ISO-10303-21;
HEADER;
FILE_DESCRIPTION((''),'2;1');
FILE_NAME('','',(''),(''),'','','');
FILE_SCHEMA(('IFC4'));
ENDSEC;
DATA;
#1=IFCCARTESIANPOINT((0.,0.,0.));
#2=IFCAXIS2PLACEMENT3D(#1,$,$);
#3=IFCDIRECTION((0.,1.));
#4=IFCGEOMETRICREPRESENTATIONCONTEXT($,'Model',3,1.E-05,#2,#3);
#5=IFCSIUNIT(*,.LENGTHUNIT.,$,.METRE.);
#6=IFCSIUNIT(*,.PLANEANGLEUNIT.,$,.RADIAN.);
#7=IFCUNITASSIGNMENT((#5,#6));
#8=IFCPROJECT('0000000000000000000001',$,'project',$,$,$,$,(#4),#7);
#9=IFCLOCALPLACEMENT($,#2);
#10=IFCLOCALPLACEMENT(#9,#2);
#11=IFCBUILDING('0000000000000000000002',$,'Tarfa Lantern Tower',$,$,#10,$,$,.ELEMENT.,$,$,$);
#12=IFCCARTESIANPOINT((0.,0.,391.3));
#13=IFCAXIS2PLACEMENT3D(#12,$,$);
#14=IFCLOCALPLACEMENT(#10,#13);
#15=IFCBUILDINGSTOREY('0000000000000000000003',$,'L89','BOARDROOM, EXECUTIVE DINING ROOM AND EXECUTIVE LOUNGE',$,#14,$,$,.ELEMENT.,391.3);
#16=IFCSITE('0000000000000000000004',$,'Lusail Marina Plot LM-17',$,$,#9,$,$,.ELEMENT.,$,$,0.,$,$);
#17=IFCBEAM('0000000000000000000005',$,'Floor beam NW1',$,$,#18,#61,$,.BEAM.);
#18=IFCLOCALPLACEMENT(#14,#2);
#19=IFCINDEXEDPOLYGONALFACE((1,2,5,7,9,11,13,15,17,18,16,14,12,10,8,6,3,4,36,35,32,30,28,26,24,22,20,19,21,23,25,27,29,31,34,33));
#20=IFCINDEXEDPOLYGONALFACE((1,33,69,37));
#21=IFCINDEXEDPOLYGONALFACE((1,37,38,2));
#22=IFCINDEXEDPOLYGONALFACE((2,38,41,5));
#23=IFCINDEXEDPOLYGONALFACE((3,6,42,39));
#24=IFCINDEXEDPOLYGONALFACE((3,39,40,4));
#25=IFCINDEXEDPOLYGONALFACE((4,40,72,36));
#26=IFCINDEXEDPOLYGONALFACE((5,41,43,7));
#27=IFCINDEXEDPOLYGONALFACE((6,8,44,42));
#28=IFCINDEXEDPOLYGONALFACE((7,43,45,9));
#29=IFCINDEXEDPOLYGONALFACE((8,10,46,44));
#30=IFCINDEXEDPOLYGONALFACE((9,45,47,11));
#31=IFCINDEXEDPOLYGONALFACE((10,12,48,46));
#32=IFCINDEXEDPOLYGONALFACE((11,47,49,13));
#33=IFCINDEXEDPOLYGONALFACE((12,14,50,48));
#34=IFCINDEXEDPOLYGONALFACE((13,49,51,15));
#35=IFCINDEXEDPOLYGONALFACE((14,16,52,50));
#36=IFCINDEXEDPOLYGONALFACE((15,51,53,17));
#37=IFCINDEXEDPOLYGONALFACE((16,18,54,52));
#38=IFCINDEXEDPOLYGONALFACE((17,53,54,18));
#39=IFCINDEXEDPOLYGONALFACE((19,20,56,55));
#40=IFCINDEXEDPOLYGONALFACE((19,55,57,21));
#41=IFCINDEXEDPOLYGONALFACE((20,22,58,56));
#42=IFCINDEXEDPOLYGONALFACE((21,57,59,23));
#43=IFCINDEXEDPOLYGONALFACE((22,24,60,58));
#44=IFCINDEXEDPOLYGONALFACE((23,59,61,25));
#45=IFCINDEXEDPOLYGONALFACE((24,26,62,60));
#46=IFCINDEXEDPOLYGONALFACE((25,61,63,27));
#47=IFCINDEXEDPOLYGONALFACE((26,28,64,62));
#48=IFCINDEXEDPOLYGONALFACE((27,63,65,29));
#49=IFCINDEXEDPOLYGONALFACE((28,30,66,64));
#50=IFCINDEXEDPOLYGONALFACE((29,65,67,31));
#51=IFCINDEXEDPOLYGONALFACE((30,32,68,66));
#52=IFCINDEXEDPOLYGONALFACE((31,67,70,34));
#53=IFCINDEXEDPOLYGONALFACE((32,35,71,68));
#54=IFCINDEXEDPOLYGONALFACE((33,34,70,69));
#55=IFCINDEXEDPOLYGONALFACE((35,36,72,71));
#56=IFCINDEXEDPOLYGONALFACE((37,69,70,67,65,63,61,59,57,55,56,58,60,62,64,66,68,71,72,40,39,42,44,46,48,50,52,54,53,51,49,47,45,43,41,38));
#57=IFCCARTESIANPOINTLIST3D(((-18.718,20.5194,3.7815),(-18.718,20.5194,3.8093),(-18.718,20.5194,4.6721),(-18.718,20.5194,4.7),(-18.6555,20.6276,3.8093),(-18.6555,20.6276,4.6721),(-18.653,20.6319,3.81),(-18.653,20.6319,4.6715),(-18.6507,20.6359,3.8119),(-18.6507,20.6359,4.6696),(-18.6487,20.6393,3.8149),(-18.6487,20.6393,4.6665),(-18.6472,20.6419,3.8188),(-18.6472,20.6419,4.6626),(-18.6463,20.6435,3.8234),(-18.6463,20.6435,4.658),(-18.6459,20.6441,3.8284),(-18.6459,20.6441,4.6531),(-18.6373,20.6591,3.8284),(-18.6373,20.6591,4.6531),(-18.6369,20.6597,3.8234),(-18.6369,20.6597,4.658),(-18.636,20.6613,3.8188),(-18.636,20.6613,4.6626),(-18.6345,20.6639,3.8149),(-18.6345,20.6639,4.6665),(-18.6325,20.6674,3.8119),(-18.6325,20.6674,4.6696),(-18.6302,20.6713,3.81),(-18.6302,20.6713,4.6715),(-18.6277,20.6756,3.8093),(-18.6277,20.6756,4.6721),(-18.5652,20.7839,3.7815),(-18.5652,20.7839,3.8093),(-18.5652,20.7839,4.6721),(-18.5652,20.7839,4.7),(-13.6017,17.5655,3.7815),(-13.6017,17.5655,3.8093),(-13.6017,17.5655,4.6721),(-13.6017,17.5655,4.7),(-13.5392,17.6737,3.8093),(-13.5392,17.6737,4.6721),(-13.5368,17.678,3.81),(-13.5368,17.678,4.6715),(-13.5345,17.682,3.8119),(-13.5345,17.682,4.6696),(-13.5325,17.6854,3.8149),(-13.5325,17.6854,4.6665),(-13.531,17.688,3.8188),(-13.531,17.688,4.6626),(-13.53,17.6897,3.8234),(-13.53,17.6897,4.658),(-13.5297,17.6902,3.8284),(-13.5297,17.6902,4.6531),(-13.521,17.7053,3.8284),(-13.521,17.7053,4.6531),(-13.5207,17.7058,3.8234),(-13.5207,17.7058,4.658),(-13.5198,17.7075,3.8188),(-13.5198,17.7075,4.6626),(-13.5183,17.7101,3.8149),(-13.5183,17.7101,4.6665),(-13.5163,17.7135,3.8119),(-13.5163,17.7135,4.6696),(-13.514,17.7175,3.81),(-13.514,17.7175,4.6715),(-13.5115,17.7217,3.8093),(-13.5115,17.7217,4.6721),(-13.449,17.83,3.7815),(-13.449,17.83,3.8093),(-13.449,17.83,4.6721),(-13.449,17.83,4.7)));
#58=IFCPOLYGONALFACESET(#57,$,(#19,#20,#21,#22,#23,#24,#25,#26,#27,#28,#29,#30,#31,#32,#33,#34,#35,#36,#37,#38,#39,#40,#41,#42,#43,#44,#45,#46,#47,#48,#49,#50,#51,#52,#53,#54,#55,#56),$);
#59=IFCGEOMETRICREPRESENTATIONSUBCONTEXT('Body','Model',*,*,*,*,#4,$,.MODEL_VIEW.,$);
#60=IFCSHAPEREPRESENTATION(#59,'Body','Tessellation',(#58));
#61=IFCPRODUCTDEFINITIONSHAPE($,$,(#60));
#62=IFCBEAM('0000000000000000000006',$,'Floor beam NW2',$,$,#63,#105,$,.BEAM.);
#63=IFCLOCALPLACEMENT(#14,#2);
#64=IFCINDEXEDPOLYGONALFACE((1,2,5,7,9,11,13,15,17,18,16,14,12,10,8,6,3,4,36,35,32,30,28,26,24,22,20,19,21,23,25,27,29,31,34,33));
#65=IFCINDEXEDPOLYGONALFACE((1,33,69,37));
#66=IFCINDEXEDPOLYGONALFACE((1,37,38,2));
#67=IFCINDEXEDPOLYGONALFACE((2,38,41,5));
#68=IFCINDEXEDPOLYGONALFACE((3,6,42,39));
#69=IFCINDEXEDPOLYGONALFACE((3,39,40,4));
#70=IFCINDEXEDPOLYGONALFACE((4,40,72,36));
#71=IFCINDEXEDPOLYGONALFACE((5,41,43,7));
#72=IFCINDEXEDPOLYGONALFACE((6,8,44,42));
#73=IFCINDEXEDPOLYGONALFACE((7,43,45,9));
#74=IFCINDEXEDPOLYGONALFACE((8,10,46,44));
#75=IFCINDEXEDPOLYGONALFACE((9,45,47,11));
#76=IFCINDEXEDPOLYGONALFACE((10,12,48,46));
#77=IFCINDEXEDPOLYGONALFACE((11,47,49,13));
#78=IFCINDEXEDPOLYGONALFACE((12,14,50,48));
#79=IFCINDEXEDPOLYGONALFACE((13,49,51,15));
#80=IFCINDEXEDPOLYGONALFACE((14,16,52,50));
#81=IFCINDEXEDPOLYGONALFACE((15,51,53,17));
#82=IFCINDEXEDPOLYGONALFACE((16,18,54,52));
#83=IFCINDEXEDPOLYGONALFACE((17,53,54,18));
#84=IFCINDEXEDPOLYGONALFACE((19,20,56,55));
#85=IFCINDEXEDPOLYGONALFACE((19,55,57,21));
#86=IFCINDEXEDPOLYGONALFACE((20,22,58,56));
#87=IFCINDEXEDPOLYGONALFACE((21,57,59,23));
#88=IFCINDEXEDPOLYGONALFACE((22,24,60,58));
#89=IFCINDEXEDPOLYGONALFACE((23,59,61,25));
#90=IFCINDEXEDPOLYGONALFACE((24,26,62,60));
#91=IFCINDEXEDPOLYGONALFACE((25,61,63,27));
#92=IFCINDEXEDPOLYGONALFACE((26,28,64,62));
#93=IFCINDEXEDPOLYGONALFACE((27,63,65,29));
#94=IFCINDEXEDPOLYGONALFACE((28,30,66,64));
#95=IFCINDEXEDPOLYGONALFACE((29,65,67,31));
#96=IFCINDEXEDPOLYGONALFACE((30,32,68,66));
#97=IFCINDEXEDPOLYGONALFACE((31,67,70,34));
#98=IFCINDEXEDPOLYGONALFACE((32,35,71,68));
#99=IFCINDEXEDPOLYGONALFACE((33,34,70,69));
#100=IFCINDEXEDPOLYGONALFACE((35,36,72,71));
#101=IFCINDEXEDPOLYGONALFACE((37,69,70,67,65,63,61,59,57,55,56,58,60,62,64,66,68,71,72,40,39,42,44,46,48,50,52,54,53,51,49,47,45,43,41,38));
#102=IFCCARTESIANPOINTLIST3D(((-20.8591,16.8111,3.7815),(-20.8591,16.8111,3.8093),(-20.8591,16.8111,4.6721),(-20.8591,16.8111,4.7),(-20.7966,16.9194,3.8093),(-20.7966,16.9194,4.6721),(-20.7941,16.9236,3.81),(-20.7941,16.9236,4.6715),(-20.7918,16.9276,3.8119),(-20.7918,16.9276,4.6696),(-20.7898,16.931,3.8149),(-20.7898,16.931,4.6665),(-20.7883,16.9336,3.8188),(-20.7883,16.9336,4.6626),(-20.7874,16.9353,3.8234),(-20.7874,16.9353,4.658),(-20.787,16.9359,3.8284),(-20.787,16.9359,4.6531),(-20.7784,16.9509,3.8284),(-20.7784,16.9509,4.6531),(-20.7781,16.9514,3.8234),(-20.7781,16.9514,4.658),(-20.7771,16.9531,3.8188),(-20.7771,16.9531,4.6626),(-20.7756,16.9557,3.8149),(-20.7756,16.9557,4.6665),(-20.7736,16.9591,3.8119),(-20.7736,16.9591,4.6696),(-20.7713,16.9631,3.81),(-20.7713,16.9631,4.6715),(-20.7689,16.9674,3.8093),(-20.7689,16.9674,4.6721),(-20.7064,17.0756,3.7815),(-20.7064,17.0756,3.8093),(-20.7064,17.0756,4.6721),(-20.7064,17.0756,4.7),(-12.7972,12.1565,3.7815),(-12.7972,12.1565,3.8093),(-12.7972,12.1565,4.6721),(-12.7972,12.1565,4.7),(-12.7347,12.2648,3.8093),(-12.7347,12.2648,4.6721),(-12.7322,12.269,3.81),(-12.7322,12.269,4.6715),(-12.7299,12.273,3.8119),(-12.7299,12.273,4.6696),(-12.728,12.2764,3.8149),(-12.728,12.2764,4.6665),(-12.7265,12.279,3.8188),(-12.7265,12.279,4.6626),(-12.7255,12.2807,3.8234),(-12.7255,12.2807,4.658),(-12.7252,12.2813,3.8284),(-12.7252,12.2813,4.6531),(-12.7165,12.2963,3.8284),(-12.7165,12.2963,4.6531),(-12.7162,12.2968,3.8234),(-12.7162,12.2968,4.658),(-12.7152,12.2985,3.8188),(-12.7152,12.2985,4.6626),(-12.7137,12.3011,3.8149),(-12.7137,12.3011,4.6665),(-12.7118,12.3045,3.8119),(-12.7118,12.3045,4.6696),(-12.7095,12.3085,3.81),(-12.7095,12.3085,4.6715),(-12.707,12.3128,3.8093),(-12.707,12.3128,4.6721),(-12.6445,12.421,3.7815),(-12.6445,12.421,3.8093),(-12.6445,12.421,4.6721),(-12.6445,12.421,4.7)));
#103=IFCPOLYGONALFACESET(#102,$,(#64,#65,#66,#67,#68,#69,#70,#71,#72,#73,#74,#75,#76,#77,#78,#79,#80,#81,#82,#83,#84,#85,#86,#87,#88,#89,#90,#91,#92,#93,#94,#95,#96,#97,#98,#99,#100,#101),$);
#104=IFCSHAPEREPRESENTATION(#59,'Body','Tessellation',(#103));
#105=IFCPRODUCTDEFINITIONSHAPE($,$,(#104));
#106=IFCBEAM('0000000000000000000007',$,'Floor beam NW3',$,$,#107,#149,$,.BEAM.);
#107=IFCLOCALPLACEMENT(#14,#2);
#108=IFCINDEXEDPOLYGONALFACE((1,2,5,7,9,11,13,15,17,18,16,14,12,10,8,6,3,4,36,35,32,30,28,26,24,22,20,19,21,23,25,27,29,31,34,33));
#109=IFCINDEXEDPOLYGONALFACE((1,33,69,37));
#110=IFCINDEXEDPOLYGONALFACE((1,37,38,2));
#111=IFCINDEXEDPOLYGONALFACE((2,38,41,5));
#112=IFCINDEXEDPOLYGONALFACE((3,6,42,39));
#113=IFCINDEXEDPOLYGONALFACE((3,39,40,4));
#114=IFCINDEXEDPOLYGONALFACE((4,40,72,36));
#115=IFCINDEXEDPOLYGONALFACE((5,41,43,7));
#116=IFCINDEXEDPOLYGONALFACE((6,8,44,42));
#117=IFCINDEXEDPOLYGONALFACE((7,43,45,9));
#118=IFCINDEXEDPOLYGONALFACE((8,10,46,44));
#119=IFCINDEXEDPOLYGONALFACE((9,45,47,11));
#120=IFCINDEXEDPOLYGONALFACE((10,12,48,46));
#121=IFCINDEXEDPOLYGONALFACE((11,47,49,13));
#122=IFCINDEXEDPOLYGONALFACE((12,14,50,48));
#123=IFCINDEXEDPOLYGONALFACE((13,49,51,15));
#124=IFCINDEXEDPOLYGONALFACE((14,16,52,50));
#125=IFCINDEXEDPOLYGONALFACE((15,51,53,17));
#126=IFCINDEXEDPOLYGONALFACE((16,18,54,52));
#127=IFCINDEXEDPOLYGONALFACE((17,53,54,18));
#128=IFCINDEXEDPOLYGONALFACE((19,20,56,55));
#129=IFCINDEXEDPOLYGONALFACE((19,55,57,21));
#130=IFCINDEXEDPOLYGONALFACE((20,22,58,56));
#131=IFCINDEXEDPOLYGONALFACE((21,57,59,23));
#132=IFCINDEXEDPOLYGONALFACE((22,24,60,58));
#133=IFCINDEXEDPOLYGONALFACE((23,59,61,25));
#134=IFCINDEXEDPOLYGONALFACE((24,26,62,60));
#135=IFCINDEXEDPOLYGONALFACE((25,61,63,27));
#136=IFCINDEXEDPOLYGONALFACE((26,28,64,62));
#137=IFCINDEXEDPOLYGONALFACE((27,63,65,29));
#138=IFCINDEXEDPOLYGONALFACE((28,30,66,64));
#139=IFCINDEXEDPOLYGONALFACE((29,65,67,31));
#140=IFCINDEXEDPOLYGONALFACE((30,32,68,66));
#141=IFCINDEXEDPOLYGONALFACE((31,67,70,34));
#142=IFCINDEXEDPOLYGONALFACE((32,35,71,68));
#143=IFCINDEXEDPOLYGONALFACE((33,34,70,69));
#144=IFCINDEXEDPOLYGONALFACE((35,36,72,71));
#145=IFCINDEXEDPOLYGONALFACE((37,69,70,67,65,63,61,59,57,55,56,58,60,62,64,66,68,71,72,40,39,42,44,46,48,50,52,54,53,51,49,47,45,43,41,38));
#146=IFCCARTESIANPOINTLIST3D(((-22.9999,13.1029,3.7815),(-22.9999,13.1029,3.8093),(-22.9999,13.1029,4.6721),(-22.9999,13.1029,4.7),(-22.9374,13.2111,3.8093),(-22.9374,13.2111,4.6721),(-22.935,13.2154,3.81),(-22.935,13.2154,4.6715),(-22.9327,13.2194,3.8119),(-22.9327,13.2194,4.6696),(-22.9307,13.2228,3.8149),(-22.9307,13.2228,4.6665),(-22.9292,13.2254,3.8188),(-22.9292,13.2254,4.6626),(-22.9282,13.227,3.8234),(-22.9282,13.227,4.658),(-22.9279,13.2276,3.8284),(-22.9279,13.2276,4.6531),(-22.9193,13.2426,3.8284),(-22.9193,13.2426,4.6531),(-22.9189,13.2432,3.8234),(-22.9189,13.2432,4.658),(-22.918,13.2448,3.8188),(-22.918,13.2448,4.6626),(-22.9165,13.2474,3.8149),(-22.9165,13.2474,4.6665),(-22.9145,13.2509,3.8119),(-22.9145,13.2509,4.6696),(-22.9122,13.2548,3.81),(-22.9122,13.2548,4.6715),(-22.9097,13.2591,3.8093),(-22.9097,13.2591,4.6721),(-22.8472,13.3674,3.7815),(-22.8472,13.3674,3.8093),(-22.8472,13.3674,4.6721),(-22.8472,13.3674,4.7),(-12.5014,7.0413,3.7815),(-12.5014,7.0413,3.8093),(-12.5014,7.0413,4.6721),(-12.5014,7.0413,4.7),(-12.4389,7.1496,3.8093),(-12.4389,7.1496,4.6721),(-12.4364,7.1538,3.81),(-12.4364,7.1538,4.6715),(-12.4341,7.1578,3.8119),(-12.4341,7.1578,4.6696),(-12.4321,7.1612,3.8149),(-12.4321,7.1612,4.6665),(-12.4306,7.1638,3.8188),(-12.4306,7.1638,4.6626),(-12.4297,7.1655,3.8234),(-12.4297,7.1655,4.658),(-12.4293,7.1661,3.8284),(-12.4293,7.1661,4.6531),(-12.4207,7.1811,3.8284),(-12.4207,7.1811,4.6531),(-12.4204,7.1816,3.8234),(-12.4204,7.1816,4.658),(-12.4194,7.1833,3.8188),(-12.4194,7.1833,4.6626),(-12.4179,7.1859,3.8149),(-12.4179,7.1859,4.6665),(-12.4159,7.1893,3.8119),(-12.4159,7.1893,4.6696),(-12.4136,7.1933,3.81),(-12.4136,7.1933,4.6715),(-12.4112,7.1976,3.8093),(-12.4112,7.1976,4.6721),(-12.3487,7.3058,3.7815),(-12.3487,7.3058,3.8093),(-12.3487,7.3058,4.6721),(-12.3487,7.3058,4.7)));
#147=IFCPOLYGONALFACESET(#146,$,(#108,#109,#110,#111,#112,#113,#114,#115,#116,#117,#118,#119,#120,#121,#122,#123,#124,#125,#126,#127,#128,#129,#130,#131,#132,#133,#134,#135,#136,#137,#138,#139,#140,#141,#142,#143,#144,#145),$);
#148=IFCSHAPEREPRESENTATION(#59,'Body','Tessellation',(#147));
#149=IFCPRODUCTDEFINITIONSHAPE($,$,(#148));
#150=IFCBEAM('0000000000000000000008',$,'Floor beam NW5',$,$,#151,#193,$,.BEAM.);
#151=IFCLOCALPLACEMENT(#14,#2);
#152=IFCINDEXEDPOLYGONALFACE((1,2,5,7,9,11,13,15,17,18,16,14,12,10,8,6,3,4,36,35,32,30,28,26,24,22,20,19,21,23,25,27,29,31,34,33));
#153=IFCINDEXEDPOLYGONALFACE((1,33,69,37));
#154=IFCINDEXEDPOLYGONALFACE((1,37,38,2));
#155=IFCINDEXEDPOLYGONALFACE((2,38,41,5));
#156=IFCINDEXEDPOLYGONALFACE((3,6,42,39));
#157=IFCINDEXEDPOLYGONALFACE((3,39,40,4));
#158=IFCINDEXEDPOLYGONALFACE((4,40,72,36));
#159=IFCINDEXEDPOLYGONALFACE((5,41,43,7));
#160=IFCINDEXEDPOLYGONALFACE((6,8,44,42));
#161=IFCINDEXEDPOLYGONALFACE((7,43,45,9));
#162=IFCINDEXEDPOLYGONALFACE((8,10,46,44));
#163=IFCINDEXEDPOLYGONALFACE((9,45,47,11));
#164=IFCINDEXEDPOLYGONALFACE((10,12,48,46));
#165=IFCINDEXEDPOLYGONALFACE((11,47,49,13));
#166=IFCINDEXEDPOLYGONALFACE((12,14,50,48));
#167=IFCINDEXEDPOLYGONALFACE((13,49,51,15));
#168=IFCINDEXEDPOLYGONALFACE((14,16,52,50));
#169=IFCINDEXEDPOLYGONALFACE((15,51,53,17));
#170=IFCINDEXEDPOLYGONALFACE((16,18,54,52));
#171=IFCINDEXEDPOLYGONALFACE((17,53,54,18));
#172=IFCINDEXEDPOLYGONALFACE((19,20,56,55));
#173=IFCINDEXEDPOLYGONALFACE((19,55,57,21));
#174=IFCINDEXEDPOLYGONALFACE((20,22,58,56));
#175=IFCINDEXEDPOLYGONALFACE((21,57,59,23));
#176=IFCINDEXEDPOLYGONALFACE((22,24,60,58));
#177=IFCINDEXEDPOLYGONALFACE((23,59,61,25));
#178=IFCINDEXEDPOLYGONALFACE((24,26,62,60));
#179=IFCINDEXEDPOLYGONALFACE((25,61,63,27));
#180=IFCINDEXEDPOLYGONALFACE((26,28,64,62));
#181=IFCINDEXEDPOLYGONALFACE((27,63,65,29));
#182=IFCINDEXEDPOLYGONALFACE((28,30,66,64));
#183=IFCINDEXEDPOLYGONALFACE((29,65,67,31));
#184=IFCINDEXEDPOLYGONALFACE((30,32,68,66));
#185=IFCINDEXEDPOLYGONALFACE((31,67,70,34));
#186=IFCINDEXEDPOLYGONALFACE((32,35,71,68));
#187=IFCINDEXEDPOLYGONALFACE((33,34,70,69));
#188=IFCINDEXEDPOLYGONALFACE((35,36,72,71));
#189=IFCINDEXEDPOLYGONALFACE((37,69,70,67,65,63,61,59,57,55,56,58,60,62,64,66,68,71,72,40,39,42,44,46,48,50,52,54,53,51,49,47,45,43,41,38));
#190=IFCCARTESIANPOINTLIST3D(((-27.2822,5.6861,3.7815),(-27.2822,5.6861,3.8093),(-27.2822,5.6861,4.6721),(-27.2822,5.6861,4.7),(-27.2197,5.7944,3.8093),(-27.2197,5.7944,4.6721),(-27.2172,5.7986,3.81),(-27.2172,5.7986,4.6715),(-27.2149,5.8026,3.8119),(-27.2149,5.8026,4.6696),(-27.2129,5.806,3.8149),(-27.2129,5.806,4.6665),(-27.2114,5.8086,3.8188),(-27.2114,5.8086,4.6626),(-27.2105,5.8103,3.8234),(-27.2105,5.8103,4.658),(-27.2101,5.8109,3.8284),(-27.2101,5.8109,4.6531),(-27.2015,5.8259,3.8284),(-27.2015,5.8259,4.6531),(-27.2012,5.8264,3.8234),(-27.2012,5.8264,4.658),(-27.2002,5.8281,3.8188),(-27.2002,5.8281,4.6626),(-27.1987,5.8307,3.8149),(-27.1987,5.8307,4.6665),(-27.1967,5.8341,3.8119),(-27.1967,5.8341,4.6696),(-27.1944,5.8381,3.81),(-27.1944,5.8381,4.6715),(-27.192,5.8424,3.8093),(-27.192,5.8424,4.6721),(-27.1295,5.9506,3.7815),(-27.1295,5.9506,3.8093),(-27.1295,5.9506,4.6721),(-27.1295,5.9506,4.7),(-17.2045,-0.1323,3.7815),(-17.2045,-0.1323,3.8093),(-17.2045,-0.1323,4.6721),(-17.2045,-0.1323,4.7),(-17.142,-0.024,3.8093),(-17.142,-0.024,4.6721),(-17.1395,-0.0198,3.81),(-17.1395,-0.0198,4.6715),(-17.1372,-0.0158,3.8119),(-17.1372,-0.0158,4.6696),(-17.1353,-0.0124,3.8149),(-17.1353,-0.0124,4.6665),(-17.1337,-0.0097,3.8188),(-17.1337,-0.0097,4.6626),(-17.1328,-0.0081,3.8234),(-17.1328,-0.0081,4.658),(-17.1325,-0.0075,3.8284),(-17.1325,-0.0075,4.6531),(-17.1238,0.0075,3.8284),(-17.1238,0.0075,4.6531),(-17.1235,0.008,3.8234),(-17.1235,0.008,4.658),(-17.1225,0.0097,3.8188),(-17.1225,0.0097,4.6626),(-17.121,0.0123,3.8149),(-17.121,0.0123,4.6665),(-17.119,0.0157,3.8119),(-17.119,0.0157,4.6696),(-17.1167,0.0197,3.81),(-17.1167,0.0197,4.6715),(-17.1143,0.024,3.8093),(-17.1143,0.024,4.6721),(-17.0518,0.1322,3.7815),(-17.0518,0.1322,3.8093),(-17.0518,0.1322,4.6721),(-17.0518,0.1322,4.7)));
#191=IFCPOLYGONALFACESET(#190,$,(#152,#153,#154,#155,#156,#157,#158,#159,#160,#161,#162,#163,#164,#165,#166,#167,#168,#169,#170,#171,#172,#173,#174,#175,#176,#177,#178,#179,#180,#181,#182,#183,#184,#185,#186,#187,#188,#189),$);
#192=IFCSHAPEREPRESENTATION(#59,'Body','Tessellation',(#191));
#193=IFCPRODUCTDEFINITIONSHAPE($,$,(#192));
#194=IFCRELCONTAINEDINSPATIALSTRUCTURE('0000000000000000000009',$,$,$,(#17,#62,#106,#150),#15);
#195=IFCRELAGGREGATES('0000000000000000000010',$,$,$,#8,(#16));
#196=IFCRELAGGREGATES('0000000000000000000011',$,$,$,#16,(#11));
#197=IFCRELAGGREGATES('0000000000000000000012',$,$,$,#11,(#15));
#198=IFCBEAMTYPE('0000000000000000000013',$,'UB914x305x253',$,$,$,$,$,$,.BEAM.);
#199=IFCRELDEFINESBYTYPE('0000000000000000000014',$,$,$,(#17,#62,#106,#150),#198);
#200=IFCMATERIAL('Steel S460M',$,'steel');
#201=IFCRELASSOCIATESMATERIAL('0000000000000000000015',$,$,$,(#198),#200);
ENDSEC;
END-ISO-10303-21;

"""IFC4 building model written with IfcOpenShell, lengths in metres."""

from ifc_helpers import new_model, si_unit, direction, frame, origin, origin_2d, place, context, subcontext, project, spatial, i_section, extrude, material, material_profile, profile_set, type_object, element, save


model = new_model("IFC4")

# Units and contexts
model_context = context("Model", 3, precision=1e-05, world=origin(), true_north=direction((0.0, 1.0)))
body_context = subcontext(model_context, "Body", "Model", "MODEL_VIEW")
ifc_project = project(units=[si_unit("LENGTHUNIT", "METRE"), si_unit("PLANEANGLEUNIT", "RADIAN")], contexts=[model_context])

# Site, building, storey
site_placement = place(None, origin())
site = spatial("IfcSite", under=ifc_project, at=site_placement, Name="Lusail Marina Plot LM-17", CompositionType="ELEMENT", RefElevation=0.0)
building_placement = place(site_placement, origin())
building = spatial("IfcBuilding", under=site, at=building_placement, Name="Tarfa Lantern Tower", CompositionType="ELEMENT")
storey_placement = place(building_placement, frame((0.0, 0.0, 391.3)))
storey = spatial("IfcBuildingStorey", under=building, at=storey_placement, Name="L89", Description="BOARDROOM, EXECUTIVE DINING ROOM AND EXECUTIVE LOUNGE", CompositionType="ELEMENT", Elevation=391.3)

# Beams
ifc_material_1 = material(Name="Steel S460M", Category="steel")
ifc_material_profile_1 = material_profile(ifc_material_1, i_section(OverallWidth=0.3054, OverallDepth=0.9185, WebThickness=0.0173, FlangeThickness=0.0278, FilletRadius=0.019, at=origin_2d()), Name="UB914x305x253")
ifc_profile_set_1 = profile_set([ifc_material_profile_1], Name="Steel S460M")
beam_type_1 = type_object("IfcBeamType", Name="UB914x305x253", PredefinedType="BEAM", material=ifc_profile_set_1)
beam_1_placement = place(storey_placement, frame((-18.6416, 20.6516, 4.2407), z_axis=(0.866025, -0.500001, 0.0), x_axis=(0.500001, 0.866025, 0.0)))
element("IfcBeam", 1, at=beam_1_placement, inside=storey, type_object=beam_type_1, Name="Floor beam NW1", PredefinedType="BEAM", context=body_context, shape_type="SweptSolid", body=[
    extrude(i_section(OverallWidth=0.3054, OverallDepth=0.9185, WebThickness=0.0173, FlangeThickness=0.0278, FilletRadius=0.019, at=origin_2d()), origin(), (0.0, 0.0, 1.0), 5.9077),
])
beam_2_placement = place(storey_placement, frame((-20.7827, 16.9434, 4.2407), z_axis=(0.866022, -0.500006, 0.0), x_axis=(0.500006, 0.866022, 0.0)))
element("IfcBeam", 2, at=beam_2_placement, inside=storey, type_object=beam_type_1, Name="Floor beam NW2", PredefinedType="BEAM", context=body_context, shape_type="SweptSolid", body=[
    extrude(i_section(OverallWidth=0.3054, OverallDepth=0.9185, WebThickness=0.0173, FlangeThickness=0.0278, FilletRadius=0.019, at=origin_2d()), origin(), (0.0, 0.0, 1.0), 9.3091),
])
beam_3_placement = place(storey_placement, frame((-22.9236, 13.2351, 4.2407), z_axis=(0.866019, -0.500012, 0.0), x_axis=(0.500012, 0.866019, 0.0)))
element("IfcBeam", 3, at=beam_3_placement, inside=storey, type_object=beam_type_1, Name="Floor beam NW3", PredefinedType="BEAM", context=body_context, shape_type="SweptSolid", body=[
    extrude(i_section(OverallWidth=0.3054, OverallDepth=0.9185, WebThickness=0.0173, FlangeThickness=0.0278, FilletRadius=0.019, at=origin_2d()), origin(), (0.0, 0.0, 1.0), 12.1228),
])
beam_4_placement = place(storey_placement, frame((-27.2058, 5.8184, 4.2407), z_axis=(0.866024, -0.500002, 0.0), x_axis=(0.500002, 0.866024, 0.0)))
element("IfcBeam", 4, at=beam_4_placement, inside=storey, type_object=beam_type_1, Name="Floor beam NW5", PredefinedType="BEAM", context=body_context, shape_type="SweptSolid", body=[
    extrude(i_section(OverallWidth=0.3054, OverallDepth=0.9185, WebThickness=0.0173, FlangeThickness=0.0278, FilletRadius=0.019, at=origin_2d()), origin(), (0.0, 0.0, 1.0), 11.6367),
])

save(model, "model.ifc")
